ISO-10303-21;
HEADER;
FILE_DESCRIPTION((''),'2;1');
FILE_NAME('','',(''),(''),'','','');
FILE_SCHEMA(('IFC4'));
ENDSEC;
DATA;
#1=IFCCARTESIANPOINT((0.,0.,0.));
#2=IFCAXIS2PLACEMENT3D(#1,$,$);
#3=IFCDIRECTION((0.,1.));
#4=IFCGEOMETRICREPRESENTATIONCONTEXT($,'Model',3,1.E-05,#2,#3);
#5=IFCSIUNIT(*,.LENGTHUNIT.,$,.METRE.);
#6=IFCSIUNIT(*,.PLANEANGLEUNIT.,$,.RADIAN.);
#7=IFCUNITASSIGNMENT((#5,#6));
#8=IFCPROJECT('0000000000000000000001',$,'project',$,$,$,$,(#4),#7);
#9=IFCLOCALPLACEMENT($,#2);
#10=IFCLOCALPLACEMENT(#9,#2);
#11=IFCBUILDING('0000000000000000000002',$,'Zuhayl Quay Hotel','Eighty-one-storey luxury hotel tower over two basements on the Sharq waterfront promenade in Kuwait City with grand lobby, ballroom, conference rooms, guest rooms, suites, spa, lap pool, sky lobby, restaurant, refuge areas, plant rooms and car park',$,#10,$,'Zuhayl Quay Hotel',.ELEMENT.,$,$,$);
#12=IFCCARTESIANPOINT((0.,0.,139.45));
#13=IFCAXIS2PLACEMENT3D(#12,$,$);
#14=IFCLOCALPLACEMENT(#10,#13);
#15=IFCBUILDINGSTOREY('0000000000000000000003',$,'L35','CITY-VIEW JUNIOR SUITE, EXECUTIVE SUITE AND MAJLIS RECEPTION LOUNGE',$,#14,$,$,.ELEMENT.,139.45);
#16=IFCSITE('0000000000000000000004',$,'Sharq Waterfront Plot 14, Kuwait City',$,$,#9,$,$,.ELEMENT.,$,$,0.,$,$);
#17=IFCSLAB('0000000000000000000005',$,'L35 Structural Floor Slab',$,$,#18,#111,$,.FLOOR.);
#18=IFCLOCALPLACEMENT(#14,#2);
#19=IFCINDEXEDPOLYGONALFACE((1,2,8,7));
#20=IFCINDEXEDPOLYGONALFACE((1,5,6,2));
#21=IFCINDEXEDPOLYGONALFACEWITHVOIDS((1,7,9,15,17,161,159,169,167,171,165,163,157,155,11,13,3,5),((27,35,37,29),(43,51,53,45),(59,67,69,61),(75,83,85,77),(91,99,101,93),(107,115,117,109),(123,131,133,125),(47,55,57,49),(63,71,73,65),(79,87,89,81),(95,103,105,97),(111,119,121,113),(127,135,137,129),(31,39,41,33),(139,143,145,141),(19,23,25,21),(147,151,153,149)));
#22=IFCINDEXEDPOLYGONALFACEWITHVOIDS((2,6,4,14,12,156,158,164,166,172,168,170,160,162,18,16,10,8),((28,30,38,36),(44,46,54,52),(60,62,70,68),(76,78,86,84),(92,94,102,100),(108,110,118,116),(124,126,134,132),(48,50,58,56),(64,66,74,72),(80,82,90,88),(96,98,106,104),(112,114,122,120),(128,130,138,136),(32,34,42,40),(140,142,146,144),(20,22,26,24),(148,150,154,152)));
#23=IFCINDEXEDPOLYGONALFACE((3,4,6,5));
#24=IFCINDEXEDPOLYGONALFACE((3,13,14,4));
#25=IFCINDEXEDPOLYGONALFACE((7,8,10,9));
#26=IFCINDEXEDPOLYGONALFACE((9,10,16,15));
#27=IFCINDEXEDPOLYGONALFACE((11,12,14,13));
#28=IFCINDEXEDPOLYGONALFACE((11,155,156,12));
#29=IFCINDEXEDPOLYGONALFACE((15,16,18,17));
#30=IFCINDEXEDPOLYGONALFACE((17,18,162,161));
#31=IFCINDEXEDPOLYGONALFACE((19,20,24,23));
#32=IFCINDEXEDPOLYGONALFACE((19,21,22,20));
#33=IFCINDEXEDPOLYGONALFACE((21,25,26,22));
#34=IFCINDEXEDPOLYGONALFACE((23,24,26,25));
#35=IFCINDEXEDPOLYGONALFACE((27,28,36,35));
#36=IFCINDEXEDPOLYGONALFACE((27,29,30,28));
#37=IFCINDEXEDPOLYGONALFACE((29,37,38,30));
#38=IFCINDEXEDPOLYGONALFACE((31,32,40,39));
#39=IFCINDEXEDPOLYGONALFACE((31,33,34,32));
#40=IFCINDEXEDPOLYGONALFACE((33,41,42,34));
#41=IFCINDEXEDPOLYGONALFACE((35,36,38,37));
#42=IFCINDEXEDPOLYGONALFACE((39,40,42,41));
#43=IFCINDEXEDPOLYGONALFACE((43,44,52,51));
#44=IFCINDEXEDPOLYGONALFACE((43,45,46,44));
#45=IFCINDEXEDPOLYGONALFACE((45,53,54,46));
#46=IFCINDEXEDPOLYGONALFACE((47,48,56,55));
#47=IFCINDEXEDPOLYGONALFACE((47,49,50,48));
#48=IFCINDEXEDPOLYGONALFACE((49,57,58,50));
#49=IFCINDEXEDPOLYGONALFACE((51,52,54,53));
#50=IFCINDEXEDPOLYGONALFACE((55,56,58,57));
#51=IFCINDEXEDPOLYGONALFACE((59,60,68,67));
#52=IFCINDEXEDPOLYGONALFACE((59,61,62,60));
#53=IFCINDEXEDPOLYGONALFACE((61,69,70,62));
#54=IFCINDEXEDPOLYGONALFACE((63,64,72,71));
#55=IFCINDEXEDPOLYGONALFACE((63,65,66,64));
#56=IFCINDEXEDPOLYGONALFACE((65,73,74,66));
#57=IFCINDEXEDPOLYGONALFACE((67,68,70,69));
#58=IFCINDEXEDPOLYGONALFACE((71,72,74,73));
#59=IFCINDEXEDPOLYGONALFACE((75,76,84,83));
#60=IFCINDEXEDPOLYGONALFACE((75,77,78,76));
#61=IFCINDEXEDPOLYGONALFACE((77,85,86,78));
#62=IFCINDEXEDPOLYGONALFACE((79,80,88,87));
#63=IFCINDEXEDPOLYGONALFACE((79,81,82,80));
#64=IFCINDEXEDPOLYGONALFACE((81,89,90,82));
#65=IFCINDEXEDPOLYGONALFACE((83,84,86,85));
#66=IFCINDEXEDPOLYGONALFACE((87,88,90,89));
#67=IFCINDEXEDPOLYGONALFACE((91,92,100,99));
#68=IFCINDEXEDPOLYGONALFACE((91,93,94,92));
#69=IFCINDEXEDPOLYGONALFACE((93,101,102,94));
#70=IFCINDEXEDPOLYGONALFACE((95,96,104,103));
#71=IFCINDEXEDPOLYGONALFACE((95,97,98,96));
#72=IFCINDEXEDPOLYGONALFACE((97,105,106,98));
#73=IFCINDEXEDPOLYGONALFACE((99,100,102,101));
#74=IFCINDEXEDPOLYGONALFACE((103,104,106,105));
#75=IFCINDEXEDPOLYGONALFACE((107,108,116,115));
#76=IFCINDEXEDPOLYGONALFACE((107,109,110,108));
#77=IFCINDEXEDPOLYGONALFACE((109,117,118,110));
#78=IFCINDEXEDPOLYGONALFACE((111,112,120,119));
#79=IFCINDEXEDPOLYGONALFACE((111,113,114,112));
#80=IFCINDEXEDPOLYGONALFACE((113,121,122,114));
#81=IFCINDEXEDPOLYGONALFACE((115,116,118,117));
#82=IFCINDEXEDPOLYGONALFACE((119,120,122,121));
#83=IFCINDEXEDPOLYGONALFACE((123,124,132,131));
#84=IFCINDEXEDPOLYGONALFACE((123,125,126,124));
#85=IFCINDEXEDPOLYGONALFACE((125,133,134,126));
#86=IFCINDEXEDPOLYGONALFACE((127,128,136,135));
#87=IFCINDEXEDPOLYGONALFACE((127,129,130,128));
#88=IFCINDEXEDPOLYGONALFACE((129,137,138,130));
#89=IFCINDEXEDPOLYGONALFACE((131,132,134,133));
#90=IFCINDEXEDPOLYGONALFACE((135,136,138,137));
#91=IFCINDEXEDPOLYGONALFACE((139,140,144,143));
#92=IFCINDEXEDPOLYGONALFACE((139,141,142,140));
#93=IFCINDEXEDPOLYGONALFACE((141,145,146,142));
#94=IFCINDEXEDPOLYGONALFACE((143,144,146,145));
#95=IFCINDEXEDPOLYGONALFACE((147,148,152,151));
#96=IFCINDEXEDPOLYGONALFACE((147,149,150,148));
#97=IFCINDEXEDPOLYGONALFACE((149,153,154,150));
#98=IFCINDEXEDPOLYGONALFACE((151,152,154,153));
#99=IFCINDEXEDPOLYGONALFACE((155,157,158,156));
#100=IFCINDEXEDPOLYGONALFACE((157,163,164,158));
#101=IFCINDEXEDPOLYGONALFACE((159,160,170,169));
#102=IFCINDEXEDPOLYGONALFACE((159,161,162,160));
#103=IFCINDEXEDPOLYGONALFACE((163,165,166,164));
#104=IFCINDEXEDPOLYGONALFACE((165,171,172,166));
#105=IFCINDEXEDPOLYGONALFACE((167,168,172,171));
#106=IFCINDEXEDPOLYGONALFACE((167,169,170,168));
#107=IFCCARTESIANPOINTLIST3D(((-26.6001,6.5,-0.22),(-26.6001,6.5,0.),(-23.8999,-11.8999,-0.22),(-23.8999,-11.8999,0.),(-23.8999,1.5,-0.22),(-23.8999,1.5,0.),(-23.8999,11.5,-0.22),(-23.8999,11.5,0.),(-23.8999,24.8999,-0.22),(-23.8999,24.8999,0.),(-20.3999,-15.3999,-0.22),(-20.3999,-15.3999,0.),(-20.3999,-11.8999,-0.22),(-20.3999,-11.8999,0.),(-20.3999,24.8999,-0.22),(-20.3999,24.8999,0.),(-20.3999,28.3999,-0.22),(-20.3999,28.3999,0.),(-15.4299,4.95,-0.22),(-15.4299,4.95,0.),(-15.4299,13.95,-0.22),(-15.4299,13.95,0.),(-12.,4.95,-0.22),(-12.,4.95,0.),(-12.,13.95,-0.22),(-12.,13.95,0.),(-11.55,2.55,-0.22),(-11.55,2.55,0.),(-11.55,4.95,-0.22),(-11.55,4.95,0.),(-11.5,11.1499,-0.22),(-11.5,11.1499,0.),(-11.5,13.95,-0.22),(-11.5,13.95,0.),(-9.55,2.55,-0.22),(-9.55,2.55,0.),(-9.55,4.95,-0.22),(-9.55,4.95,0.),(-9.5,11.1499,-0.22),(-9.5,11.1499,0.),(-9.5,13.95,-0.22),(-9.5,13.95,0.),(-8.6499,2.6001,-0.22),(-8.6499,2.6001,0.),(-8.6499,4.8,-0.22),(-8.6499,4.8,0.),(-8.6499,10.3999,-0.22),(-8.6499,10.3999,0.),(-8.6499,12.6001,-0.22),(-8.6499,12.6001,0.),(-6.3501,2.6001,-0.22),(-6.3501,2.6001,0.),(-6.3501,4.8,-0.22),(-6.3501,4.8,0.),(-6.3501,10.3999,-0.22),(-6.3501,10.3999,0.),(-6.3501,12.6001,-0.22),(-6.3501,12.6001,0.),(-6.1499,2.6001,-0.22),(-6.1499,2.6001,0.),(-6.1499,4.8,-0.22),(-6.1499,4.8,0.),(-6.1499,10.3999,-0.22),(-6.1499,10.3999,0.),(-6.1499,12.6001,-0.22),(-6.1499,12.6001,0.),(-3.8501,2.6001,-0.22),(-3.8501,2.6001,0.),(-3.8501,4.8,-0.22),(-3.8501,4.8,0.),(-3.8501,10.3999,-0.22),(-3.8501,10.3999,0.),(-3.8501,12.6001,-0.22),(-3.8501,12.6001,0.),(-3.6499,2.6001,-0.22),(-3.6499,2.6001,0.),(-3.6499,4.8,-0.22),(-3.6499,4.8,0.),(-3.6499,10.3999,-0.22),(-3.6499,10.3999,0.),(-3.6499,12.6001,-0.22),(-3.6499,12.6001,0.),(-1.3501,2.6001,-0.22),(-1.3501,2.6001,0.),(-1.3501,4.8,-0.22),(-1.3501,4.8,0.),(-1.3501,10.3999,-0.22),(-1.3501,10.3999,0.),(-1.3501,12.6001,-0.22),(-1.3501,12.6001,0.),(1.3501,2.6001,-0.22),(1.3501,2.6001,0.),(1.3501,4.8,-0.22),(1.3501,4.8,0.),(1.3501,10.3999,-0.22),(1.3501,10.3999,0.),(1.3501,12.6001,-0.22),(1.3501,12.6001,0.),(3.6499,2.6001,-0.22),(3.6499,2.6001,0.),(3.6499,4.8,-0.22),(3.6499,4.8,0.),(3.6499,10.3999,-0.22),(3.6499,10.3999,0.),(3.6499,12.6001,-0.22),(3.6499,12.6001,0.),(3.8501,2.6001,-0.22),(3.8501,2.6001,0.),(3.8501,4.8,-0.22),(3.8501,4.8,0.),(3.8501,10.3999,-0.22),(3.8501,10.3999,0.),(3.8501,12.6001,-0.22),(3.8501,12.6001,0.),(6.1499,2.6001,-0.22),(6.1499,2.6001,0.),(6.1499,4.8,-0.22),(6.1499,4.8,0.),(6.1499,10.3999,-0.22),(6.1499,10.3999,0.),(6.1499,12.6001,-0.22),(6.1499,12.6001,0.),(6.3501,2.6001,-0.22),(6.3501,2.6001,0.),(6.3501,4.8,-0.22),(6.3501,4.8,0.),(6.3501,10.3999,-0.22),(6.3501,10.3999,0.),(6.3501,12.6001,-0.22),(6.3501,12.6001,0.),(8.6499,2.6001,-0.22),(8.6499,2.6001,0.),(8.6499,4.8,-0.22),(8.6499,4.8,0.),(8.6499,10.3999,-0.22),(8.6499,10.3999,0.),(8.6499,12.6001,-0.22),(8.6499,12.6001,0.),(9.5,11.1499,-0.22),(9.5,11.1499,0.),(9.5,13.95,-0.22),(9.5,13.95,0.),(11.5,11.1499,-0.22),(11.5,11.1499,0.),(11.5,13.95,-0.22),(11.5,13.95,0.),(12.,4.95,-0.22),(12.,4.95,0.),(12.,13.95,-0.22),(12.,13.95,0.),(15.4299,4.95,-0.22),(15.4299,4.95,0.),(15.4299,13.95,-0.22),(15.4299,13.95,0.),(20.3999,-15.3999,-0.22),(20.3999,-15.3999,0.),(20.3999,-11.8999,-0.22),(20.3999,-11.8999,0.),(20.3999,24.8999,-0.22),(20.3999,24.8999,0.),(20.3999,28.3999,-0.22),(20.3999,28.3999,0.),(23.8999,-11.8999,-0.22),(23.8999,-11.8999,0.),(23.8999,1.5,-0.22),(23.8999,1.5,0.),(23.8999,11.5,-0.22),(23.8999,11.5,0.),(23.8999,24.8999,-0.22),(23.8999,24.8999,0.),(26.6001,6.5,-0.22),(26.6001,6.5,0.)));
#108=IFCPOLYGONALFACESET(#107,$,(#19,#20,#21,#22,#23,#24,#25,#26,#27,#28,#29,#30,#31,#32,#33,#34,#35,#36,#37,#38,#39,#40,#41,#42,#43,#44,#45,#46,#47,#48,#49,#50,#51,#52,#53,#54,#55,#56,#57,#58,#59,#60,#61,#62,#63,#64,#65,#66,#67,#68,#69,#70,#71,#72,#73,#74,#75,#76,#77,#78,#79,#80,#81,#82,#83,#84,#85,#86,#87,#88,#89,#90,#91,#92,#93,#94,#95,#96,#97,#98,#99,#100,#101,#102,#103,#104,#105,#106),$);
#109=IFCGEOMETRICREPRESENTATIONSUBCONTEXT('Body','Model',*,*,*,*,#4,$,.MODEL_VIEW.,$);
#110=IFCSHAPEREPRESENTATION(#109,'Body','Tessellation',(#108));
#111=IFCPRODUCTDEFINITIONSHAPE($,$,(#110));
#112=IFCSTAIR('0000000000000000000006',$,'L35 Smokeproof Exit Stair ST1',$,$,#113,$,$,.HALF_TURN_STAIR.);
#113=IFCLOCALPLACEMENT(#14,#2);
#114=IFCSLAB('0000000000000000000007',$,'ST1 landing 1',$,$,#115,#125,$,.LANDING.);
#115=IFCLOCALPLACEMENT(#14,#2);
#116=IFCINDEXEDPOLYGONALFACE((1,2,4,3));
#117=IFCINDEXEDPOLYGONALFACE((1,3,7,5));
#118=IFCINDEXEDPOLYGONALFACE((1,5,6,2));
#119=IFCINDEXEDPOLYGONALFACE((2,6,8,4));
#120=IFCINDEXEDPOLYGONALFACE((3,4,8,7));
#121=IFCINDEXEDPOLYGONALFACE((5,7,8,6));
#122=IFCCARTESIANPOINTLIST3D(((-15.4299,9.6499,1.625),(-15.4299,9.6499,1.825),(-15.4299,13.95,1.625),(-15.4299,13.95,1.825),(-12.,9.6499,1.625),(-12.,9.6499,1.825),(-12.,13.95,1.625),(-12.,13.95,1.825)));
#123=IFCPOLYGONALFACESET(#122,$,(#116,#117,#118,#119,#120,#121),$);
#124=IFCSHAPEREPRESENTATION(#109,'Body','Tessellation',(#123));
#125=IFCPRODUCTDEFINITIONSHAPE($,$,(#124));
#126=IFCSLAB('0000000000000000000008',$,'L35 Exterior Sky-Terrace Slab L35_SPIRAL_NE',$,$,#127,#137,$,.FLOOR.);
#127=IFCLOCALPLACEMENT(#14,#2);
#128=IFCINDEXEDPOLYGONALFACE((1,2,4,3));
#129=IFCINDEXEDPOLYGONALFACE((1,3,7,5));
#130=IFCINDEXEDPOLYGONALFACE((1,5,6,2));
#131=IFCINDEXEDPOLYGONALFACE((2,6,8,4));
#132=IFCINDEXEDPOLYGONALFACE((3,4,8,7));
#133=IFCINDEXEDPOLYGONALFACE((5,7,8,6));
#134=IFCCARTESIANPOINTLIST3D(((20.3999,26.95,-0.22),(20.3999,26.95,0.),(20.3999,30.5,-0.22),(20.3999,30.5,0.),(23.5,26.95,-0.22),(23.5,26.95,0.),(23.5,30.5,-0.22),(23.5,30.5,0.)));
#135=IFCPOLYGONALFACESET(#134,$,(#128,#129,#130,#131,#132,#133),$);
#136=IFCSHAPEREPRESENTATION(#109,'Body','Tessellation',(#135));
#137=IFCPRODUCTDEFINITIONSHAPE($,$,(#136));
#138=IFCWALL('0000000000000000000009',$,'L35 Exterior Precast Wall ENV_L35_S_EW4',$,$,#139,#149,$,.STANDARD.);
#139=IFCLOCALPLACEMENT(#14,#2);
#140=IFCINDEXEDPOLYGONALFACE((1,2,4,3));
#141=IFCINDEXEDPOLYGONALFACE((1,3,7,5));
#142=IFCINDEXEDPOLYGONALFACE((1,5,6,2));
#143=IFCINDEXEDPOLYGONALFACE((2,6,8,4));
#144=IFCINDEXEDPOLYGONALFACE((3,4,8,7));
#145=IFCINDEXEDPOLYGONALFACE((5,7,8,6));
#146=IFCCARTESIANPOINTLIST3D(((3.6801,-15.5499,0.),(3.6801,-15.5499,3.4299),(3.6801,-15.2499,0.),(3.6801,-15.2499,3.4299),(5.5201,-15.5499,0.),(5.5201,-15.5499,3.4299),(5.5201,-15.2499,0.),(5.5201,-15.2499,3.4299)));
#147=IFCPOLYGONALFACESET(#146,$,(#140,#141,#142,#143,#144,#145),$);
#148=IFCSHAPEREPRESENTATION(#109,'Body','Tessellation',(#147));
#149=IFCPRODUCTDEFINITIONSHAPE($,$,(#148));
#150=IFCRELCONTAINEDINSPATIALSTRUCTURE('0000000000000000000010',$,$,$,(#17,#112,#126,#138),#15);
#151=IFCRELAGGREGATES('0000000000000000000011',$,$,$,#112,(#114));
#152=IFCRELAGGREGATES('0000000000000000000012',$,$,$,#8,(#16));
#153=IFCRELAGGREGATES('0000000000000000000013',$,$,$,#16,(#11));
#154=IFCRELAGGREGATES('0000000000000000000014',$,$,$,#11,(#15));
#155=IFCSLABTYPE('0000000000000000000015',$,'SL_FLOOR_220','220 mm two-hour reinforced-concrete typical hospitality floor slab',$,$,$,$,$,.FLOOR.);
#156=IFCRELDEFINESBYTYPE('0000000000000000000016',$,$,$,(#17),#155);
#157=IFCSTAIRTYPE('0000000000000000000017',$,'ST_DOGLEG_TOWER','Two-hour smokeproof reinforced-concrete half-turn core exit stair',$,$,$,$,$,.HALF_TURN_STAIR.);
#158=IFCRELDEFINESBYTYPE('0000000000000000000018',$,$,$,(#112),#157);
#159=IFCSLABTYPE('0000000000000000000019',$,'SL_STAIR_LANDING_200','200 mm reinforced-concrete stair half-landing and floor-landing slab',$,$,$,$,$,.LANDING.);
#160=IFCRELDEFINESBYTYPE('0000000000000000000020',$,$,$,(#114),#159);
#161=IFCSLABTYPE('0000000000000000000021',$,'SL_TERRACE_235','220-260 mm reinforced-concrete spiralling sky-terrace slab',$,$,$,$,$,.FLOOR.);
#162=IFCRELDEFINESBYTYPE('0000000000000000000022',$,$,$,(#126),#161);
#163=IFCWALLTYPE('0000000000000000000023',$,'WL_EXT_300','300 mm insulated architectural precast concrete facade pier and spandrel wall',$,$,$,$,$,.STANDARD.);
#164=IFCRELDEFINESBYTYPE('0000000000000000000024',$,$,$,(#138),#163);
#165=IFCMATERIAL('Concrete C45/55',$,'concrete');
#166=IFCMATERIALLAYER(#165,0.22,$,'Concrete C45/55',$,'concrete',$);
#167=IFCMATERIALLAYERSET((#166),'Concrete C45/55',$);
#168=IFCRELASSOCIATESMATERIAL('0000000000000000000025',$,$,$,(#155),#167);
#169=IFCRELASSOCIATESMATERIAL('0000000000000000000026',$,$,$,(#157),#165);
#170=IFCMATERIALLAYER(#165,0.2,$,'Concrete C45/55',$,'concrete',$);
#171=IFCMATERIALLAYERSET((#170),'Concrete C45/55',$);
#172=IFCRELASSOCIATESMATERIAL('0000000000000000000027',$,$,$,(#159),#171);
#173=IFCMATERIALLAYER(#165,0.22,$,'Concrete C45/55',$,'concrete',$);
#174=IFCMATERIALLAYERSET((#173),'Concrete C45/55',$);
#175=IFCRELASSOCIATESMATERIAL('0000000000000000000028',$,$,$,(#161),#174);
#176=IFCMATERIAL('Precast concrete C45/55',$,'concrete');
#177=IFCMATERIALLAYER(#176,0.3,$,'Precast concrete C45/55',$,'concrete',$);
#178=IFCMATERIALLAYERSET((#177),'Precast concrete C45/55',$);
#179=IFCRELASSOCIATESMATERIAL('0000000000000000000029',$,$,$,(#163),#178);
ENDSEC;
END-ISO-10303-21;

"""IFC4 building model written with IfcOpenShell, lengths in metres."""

from ifc_helpers import new_model, si_unit, direction, frame, frame_2d, origin, place, context, subcontext, project, spatial, polyline, rectangle, outline, extrude, material, layer, layer_set, type_object, element, aggregate, save


model = new_model("IFC4")

# Units and contexts
model_context = context("Model", 3, precision=1e-05, world=origin(), true_north=direction((0.0, 1.0)))
body_context = subcontext(model_context, "Body", "Model", "MODEL_VIEW")
ifc_project = project(units=[si_unit("LENGTHUNIT", "METRE"), si_unit("PLANEANGLEUNIT", "RADIAN")], contexts=[model_context])

# Site, building, storey
site_placement = place(None, origin())
site = spatial("IfcSite", under=ifc_project, at=site_placement, Name="Sharq Waterfront Plot 14, Kuwait City", CompositionType="ELEMENT", RefElevation=0.0)
building_placement = place(site_placement, origin())
building = spatial("IfcBuilding", under=site, at=building_placement, Name="Zuhayl Quay Hotel", Description="Eighty-one-storey luxury hotel tower over two basements on the Sharq waterfront promenade in Kuwait City with grand lobby, ballroom, conference rooms, guest rooms, suites, spa, lap pool, sky lobby, restaurant, refuge areas, plant rooms and car park", LongName="Zuhayl Quay Hotel", CompositionType="ELEMENT")
storey_placement = place(building_placement, frame((0.0, 0.0, 139.45)))
storey = spatial("IfcBuildingStorey", under=building, at=storey_placement, Name="L35", Description="CITY-VIEW JUNIOR SUITE, EXECUTIVE SUITE AND MAJLIS RECEPTION LOUNGE", CompositionType="ELEMENT", Elevation=139.45)

# Slab
ifc_material_1 = material(Name="Concrete C45/55", Category="concrete")
ifc_layer_1 = layer(ifc_material_1, 0.22, Name="Concrete C45/55", Category="concrete")
ifc_layer_set_1 = layer_set([ifc_layer_1], Name="Concrete C45/55")
slab_type_1 = type_object("IfcSlabType", Name="SL_FLOOR_220", Description="220 mm two-hour reinforced-concrete typical hospitality floor slab", PredefinedType="FLOOR", material=ifc_layer_set_1)
slab_1_placement = place(storey_placement, frame((0.0, 0.0, -0.22)))
element("IfcSlab", 1, at=slab_1_placement, inside=storey, type_object=slab_type_1, Name="L35 Structural Floor Slab", PredefinedType="FLOOR", context=body_context, shape_type="SweptSolid", body=[
    extrude(outline(polyline([(-20.3999, -15.3999), (20.3999, -15.3999), (20.3999, -11.8999), (23.8999, -11.8999), (23.8999, 1.5), (26.6001, 6.5), (23.8999, 11.5), (23.8999, 24.8999), (20.3999, 24.8999), (20.3999, 28.3999), (-20.3999, 28.3999), (-20.3999, 24.8999), (-23.8999, 24.8999), (-23.8999, 11.5), (-26.6001, 6.5), (-23.8999, 1.5), (-23.8999, -11.8999), (-20.3999, -11.8999), (-20.3999, -15.3999)]), holes=[polyline([(-12.0, 4.95), (-12.0, 13.95), (-15.4299, 13.95), (-15.4299, 4.95), (-12.0, 4.95)]), polyline([(15.4299, 4.95), (15.4299, 13.95), (12.0, 13.95), (12.0, 4.95), (15.4299, 4.95)]), polyline([(-11.5, 11.1499), (-9.5, 11.1499), (-9.5, 13.95), (-11.5, 13.95), (-11.5, 11.1499)]), polyline([(9.5, 11.1499), (11.5, 11.1499), (11.5, 13.95), (9.5, 13.95), (9.5, 11.1499)]), polyline([(-8.6499, 2.6001), (-6.3501, 2.6001), (-6.3501, 4.8), (-8.6499, 4.8), (-8.6499, 2.6001)]), polyline([(-6.1499, 2.6001), (-3.8501, 2.6001), (-3.8501, 4.8), (-6.1499, 4.8), (-6.1499, 2.6001)]), polyline([(-8.6499, 10.3999), (-6.3501, 10.3999), (-6.3501, 12.6001), (-8.6499, 12.6001), (-8.6499, 10.3999)]), polyline([(-6.1499, 10.3999), (-3.8501, 10.3999), (-3.8501, 12.6001), (-6.1499, 12.6001), (-6.1499, 10.3999)]), polyline([(-3.6499, 2.6001), (-1.3501, 2.6001), (-1.3501, 4.8), (-3.6499, 4.8), (-3.6499, 2.6001)]), polyline([(1.3501, 2.6001), (3.6499, 2.6001), (3.6499, 4.8), (1.3501, 4.8), (1.3501, 2.6001)]), polyline([(-3.6499, 10.3999), (-1.3501, 10.3999), (-1.3501, 12.6001), (-3.6499, 12.6001), (-3.6499, 10.3999)]), polyline([(1.3501, 10.3999), (3.6499, 10.3999), (3.6499, 12.6001), (1.3501, 12.6001), (1.3501, 10.3999)]), polyline([(3.8501, 2.6001), (6.1499, 2.6001), (6.1499, 4.8), (3.8501, 4.8), (3.8501, 2.6001)]), polyline([(6.3501, 2.6001), (8.6499, 2.6001), (8.6499, 4.8), (6.3501, 4.8), (6.3501, 2.6001)]), polyline([(3.8501, 10.3999), (6.1499, 10.3999), (6.1499, 12.6001), (3.8501, 12.6001), (3.8501, 10.3999)]), polyline([(6.3501, 10.3999), (8.6499, 10.3999), (8.6499, 12.6001), (6.3501, 12.6001), (6.3501, 10.3999)]), polyline([(-11.55, 2.55), (-9.55, 2.55), (-9.55, 4.95), (-11.55, 4.95), (-11.55, 2.55)])]), origin(), (0.0, 0.0, 1.0), 0.22),
])

# Stair, slab
stair_type = type_object("IfcStairType", Name="ST_DOGLEG_TOWER", Description="Two-hour smokeproof reinforced-concrete half-turn core exit stair", PredefinedType="HALF_TURN_STAIR", material=ifc_material_1)
stair_placement = place(storey_placement, origin())
stair = element("IfcStair", 2, at=stair_placement, inside=storey, type_object=stair_type, Name="L35 Smokeproof Exit Stair ST1", PredefinedType="HALF_TURN_STAIR")
ifc_layer_2 = layer(ifc_material_1, 0.2, Name="Concrete C45/55", Category="concrete")
ifc_layer_set_2 = layer_set([ifc_layer_2], Name="Concrete C45/55")
slab_type_2 = type_object("IfcSlabType", Name="SL_STAIR_LANDING_200", Description="200 mm reinforced-concrete stair half-landing and floor-landing slab", PredefinedType="LANDING", material=ifc_layer_set_2)
slab_2_placement = place(storey_placement, frame((0.0, 0.0, 1.625)))
slab_2 = element("IfcSlab", 3, at=slab_2_placement, type_object=slab_type_2, Name="ST1 landing 1", PredefinedType="LANDING", context=body_context, shape_type="SweptSolid", body=[
    extrude(outline(polyline([(-12.0, 9.6499), (-12.0, 13.95), (-15.4299, 13.95), (-15.4299, 9.6499), (-12.0, 9.6499)])), origin(), (0.0, 0.0, 1.0), 0.2),
])
aggregate(stair, [slab_2])

# Slab
ifc_layer_3 = layer(ifc_material_1, 0.22, Name="Concrete C45/55", Category="concrete")
ifc_layer_set_3 = layer_set([ifc_layer_3], Name="Concrete C45/55")
slab_type_3 = type_object("IfcSlabType", Name="SL_TERRACE_235", Description="220-260 mm reinforced-concrete spiralling sky-terrace slab", PredefinedType="FLOOR", material=ifc_layer_set_3)
slab_3_placement = place(storey_placement, frame((0.0, 0.0, -0.22)))
element("IfcSlab", 4, at=slab_3_placement, inside=storey, type_object=slab_type_3, Name="L35 Exterior Sky-Terrace Slab L35_SPIRAL_NE", PredefinedType="FLOOR", context=body_context, shape_type="SweptSolid", body=[
    extrude(outline(polyline([(20.3999, 26.95), (23.5, 26.95), (23.5, 30.5), (20.3999, 30.5), (20.3999, 26.95)])), origin(), (0.0, 0.0, 1.0), 0.22),
])

# Wall
ifc_material_2 = material(Name="Precast concrete C45/55", Category="concrete")
ifc_layer_4 = layer(ifc_material_2, 0.3, Name="Precast concrete C45/55", Category="concrete")
ifc_layer_set_4 = layer_set([ifc_layer_4], Name="Precast concrete C45/55")
wall_type_1 = type_object("IfcWallType", Name="WL_EXT_300", Description="300 mm insulated architectural precast concrete facade pier and spandrel wall", PredefinedType="STANDARD", material=ifc_layer_set_4)
wall_1_placement = place(storey_placement, frame((5.52, -15.3999, 0.0), z_axis=(0.0, 0.0, 1.0), x_axis=(-1.0, 0.0, 0.0)))
element("IfcWall", 5, at=wall_1_placement, inside=storey, type_object=wall_type_1, Name="L35 Exterior Precast Wall ENV_L35_S_EW4", PredefinedType="STANDARD", context=body_context, shape_type="SweptSolid", body=[
    extrude(rectangle(XDim=1.8401, YDim=0.3, at=frame_2d((0.9199, 0.0))), origin(), (0.0, 0.0, 1.0), 3.4299),
])

save(model, "model.ifc")
